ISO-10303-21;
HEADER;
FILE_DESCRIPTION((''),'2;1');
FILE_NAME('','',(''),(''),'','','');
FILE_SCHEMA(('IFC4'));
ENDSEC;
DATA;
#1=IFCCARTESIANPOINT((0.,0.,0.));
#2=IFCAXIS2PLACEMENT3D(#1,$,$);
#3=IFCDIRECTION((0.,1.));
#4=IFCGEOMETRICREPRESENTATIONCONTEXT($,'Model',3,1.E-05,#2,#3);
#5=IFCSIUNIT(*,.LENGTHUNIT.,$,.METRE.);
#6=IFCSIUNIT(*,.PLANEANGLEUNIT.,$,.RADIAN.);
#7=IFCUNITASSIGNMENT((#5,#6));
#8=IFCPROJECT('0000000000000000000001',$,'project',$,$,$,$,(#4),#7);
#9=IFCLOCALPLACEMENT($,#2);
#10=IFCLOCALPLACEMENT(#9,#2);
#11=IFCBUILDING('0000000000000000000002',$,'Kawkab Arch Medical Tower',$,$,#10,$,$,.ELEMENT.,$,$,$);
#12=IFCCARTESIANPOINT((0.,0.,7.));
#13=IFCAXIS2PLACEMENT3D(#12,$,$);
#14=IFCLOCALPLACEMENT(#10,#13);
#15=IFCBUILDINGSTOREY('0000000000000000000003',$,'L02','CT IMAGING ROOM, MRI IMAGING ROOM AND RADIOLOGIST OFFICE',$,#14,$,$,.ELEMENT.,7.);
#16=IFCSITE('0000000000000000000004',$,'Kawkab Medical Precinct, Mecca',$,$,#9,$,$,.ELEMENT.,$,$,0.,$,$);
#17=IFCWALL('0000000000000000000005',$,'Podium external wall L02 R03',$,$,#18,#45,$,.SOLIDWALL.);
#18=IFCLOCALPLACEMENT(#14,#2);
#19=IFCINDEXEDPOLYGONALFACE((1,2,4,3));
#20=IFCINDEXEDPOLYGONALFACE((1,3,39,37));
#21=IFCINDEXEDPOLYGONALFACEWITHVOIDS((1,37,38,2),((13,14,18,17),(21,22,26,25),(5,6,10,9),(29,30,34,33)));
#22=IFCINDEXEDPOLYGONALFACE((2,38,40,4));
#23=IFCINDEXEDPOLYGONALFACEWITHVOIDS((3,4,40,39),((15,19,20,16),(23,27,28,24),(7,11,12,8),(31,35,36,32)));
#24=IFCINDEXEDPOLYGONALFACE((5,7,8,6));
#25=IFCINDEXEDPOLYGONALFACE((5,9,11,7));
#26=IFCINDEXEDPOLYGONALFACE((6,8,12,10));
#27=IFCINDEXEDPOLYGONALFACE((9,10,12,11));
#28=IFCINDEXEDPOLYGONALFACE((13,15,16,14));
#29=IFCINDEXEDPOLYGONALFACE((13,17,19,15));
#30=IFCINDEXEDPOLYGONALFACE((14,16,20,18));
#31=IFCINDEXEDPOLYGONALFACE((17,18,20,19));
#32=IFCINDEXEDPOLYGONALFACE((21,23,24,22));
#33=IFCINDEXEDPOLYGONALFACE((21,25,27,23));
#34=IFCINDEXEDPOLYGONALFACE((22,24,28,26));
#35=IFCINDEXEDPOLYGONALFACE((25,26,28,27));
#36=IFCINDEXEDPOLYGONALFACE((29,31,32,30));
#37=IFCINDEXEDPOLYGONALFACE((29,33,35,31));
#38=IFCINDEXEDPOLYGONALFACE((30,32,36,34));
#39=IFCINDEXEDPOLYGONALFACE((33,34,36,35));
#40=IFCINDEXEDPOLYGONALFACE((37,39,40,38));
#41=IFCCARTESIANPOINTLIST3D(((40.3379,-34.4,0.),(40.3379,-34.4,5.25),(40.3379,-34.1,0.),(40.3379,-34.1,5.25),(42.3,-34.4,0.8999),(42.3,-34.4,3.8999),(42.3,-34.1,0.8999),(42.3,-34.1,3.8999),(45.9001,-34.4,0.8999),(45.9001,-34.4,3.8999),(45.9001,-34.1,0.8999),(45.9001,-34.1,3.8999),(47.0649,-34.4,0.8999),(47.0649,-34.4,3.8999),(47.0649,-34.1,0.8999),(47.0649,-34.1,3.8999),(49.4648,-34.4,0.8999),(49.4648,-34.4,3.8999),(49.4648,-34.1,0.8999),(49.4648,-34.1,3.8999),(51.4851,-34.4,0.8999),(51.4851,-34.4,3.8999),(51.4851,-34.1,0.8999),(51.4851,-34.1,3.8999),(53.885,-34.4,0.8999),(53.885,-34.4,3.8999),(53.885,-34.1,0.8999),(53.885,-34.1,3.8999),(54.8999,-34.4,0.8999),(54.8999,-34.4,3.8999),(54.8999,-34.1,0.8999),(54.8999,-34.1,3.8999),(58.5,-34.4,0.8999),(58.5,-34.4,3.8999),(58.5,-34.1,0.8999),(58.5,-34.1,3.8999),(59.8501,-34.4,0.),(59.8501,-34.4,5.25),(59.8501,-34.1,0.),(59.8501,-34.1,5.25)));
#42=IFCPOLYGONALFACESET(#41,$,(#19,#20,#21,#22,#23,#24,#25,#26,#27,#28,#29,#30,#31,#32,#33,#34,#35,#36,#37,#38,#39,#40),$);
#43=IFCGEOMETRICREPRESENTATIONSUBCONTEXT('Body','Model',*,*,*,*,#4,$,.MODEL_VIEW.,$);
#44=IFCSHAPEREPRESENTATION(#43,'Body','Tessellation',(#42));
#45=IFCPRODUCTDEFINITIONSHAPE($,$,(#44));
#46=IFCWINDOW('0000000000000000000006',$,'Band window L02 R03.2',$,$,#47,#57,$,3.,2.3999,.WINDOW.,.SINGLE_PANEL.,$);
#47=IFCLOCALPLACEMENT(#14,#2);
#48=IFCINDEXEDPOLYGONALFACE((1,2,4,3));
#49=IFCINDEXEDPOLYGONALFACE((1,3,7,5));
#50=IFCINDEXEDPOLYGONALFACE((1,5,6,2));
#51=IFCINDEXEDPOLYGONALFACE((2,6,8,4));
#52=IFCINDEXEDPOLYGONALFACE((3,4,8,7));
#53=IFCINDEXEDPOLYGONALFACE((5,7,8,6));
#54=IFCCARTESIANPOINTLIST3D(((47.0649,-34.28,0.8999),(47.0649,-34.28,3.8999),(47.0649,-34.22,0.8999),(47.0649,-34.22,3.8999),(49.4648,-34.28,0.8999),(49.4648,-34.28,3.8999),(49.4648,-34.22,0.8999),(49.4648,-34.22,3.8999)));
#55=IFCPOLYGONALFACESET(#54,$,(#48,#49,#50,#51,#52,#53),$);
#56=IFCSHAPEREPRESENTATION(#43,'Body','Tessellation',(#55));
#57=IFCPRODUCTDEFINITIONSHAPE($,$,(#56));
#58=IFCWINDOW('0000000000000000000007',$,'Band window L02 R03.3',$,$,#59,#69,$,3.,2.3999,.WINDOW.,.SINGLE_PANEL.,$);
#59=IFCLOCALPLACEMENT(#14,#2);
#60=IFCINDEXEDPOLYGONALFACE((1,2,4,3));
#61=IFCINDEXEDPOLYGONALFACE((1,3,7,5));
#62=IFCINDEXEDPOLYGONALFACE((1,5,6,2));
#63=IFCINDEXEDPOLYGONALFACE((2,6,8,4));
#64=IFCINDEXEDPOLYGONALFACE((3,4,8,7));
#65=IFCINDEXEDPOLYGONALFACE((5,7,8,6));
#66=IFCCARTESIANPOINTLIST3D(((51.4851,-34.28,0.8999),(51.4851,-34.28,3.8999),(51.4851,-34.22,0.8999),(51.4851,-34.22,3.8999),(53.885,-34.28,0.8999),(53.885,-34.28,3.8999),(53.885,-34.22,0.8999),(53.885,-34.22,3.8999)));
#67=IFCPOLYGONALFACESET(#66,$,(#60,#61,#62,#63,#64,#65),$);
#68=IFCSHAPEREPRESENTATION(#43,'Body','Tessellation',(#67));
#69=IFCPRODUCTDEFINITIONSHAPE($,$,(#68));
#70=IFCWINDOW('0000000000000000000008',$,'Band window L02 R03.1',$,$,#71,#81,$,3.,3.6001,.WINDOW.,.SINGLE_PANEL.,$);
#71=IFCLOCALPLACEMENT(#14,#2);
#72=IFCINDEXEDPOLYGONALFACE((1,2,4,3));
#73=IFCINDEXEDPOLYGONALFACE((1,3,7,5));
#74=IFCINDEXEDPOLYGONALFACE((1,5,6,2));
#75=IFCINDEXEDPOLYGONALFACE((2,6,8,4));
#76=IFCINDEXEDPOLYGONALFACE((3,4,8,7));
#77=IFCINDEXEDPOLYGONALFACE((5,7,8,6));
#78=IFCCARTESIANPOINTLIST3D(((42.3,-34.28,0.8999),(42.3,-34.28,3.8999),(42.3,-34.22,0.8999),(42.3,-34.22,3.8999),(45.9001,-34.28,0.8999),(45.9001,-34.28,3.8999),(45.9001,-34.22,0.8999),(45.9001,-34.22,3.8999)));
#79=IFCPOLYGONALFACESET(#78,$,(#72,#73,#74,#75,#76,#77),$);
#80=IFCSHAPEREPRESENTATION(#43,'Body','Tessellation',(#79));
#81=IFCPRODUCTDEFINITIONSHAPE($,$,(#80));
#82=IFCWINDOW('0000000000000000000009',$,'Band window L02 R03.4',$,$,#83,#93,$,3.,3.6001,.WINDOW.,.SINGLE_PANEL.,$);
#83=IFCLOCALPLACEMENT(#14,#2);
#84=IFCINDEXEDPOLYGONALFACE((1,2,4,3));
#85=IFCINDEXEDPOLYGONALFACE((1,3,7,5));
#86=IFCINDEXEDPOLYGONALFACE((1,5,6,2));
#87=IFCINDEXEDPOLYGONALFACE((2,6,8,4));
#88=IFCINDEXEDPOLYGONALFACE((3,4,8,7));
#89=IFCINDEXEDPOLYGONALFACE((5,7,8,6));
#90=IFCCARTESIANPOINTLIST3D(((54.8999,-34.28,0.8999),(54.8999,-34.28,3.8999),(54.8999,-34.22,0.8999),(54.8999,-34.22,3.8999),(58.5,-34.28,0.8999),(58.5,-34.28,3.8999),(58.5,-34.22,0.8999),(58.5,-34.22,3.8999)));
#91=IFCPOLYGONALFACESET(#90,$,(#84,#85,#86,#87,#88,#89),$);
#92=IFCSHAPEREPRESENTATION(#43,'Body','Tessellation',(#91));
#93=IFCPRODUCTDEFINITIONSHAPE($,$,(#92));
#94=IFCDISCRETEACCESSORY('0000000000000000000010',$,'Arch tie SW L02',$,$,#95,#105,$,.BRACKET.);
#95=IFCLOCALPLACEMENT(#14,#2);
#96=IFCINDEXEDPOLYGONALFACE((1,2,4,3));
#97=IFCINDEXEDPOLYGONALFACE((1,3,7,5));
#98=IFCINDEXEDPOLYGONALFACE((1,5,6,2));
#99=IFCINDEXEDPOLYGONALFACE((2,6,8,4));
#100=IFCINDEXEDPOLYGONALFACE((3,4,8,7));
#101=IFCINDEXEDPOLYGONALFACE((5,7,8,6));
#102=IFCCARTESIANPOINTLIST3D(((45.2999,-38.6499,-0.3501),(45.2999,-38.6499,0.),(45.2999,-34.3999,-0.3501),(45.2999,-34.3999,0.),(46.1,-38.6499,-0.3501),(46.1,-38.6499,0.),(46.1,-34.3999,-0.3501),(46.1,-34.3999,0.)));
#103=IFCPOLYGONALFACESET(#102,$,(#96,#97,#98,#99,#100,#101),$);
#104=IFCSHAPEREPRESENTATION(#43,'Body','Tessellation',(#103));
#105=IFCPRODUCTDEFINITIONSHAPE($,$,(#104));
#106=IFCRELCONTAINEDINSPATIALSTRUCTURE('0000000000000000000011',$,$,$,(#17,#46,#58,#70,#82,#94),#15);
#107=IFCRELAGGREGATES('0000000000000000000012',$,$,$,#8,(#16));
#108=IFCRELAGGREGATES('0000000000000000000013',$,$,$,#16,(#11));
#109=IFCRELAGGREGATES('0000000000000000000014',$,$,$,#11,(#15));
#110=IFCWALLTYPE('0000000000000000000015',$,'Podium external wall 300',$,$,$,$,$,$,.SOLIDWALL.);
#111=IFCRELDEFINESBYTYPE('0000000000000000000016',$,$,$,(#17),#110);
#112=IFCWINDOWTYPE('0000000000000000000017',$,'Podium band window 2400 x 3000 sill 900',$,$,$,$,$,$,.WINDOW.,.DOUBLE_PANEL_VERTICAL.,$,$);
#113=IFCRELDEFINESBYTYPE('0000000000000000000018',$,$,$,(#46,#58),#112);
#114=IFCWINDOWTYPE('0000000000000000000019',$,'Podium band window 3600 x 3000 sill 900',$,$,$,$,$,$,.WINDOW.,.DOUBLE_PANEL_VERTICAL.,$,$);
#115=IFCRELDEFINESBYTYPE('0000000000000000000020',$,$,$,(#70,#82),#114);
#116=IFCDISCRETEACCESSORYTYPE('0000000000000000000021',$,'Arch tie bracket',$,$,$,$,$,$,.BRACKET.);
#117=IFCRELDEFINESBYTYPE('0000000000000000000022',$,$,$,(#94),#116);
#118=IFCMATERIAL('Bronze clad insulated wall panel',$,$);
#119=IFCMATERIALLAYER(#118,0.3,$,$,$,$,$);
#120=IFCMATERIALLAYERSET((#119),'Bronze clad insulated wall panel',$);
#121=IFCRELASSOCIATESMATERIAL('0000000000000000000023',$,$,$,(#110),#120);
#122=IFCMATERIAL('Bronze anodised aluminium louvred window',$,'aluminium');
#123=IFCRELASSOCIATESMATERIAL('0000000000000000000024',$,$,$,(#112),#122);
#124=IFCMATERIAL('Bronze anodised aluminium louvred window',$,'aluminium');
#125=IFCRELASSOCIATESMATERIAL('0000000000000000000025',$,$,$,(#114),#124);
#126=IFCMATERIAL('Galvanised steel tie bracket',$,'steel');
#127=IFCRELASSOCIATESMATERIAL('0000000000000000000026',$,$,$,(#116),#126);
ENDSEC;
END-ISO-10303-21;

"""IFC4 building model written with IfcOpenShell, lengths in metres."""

from ifc_helpers import new_model, si_unit, direction, frame, frame_2d, origin, origin_2d, place, context, subcontext, project, spatial, rectangle, extrude, material, layer, layer_set, type_object, element, fill, save


model = new_model("IFC4")

# Units and contexts
model_context = context("Model", 3, precision=1e-05, world=origin(), true_north=direction((0.0, 1.0)))
body_context = subcontext(model_context, "Body", "Model", "MODEL_VIEW")
ifc_project = project(units=[si_unit("LENGTHUNIT", "METRE"), si_unit("PLANEANGLEUNIT", "RADIAN")], contexts=[model_context])

# Site, building, storey
site_placement = place(None, origin())
site = spatial("IfcSite", under=ifc_project, at=site_placement, Name="Kawkab Medical Precinct, Mecca", CompositionType="ELEMENT", RefElevation=0.0)
building_placement = place(site_placement, origin())
building = spatial("IfcBuilding", under=site, at=building_placement, Name="Kawkab Arch Medical Tower", CompositionType="ELEMENT")
storey_placement = place(building_placement, frame((0.0, 0.0, 7.0)))
storey = spatial("IfcBuildingStorey", under=building, at=storey_placement, Name="L02", Description="CT IMAGING ROOM, MRI IMAGING ROOM AND RADIOLOGIST OFFICE", CompositionType="ELEMENT", Elevation=7.0)

# Wall, openings, windows
ifc_material_1 = material(Name="Bronze clad insulated wall panel")
ifc_layer_1 = layer(ifc_material_1, 0.3)
ifc_layer_set_1 = layer_set([ifc_layer_1], Name="Bronze clad insulated wall panel")
wall_type_1 = type_object("IfcWallType", Name="Podium external wall 300", PredefinedType="SOLIDWALL", material=ifc_layer_set_1)
ifc_material_2 = material(Name="Bronze anodised aluminium louvred window", Category="aluminium")
window_type_1 = type_object("IfcWindowType", Name="Podium band window 2400 x 3000 sill 900", PartitioningType="DOUBLE_PANEL_VERTICAL", PredefinedType="WINDOW", material=ifc_material_2)
ifc_material_3 = material(Name="Bronze anodised aluminium louvred window", Category="aluminium")
window_type_2 = type_object("IfcWindowType", Name="Podium band window 3600 x 3000 sill 900", PartitioningType="DOUBLE_PANEL_VERTICAL", PredefinedType="WINDOW", material=ifc_material_3)
wall_1_placement = place(storey_placement, frame((40.3379, -34.25, 0.0), z_axis=(0.0, 0.0, 1.0), x_axis=(1.0, 0.0, 0.0)))
wall_1 = element("IfcWall", 1, at=wall_1_placement, inside=storey, type_object=wall_type_1, Name="Podium external wall L02 R03", PredefinedType="SOLIDWALL", context=body_context, shape_type="SweptSolid", body=[
    extrude(rectangle(XDim=19.5122, YDim=0.3, at=frame_2d((9.7561, 0.0))), origin(), (0.0, 0.0, 1.0), 5.25),
])
opening_1_placement = place(wall_1_placement, frame((1.9622, 0.0, 0.8999)))
opening_1 = element("IfcOpeningElement", 2, at=opening_1_placement, cuts=wall_1, PredefinedType="OPENING", context=body_context, shape_type="SweptSolid", body=[
    extrude(rectangle(XDim=3.6001, YDim=3.0, at=frame_2d((1.8, 1.5))), frame((0.0, 0.1599, 0.0), z_axis=(0.0, -1.0, 0.0), x_axis=(1.0, 0.0, 0.0)), (0.0, 0.0, 1.0), 0.3201),
])
opening_2_placement = place(wall_1_placement, frame((6.7271, 0.0, 0.8999)))
opening_2 = element("IfcOpeningElement", 3, at=opening_2_placement, cuts=wall_1, PredefinedType="OPENING", context=body_context, shape_type="SweptSolid", body=[
    extrude(rectangle(XDim=2.3999, YDim=3.0, at=frame_2d((1.2, 1.5))), frame((0.0, 0.1599, 0.0), z_axis=(0.0, -1.0, 0.0), x_axis=(1.0, 0.0, 0.0)), (0.0, 0.0, 1.0), 0.3201),
])
opening_3_placement = place(wall_1_placement, frame((11.1472, 0.0, 0.8999)))
opening_3 = element("IfcOpeningElement", 4, at=opening_3_placement, cuts=wall_1, PredefinedType="OPENING", context=body_context, shape_type="SweptSolid", body=[
    extrude(rectangle(XDim=2.3999, YDim=3.0, at=frame_2d((1.2, 1.5))), frame((0.0, 0.1599, 0.0), z_axis=(0.0, -1.0, 0.0), x_axis=(1.0, 0.0, 0.0)), (0.0, 0.0, 1.0), 0.3201),
])
opening_4_placement = place(wall_1_placement, frame((14.562, 0.0, 0.8999)))
opening_4 = element("IfcOpeningElement", 5, at=opening_4_placement, cuts=wall_1, PredefinedType="OPENING", context=body_context, shape_type="SweptSolid", body=[
    extrude(rectangle(XDim=3.6001, YDim=3.0, at=frame_2d((1.8, 1.5))), frame((0.0, 0.1599, 0.0), z_axis=(0.0, -1.0, 0.0), x_axis=(1.0, 0.0, 0.0)), (0.0, 0.0, 1.0), 0.3201),
])
window_1_placement = place(opening_2_placement, origin())
window_1 = element("IfcWindow", 6, at=window_1_placement, inside=storey, type_object=window_type_1, Name="Band window L02 R03.2", OverallHeight=3.0, OverallWidth=2.3999, PartitioningType="SINGLE_PANEL", PredefinedType="WINDOW", context=body_context, shape_type="SweptSolid", body=[
    extrude(rectangle(XDim=2.3999, YDim=3.0, at=frame_2d((1.2, 1.5))), frame((0.0, 0.03, 0.0), z_axis=(0.0, -1.0, 0.0), x_axis=(1.0, 0.0, 0.0)), (0.0, 0.0, 1.0), 0.0601),
])
fill(opening_2, window_1)
window_2_placement = place(opening_3_placement, origin())
window_2 = element("IfcWindow", 7, at=window_2_placement, inside=storey, type_object=window_type_1, Name="Band window L02 R03.3", OverallHeight=3.0, OverallWidth=2.3999, PartitioningType="SINGLE_PANEL", PredefinedType="WINDOW", context=body_context, shape_type="SweptSolid", body=[
    extrude(rectangle(XDim=2.3999, YDim=3.0, at=frame_2d((1.2, 1.5))), frame((0.0, 0.03, 0.0), z_axis=(0.0, -1.0, 0.0), x_axis=(1.0, 0.0, 0.0)), (0.0, 0.0, 1.0), 0.0601),
])
fill(opening_3, window_2)
window_3_placement = place(opening_1_placement, origin())
window_3 = element("IfcWindow", 8, at=window_3_placement, inside=storey, type_object=window_type_2, Name="Band window L02 R03.1", OverallHeight=3.0, OverallWidth=3.6001, PartitioningType="SINGLE_PANEL", PredefinedType="WINDOW", context=body_context, shape_type="SweptSolid", body=[
    extrude(rectangle(XDim=3.6001, YDim=3.0, at=frame_2d((1.8, 1.5))), frame((0.0, 0.03, 0.0), z_axis=(0.0, -1.0, 0.0), x_axis=(1.0, 0.0, 0.0)), (0.0, 0.0, 1.0), 0.0601),
])
fill(opening_1, window_3)
window_4_placement = place(opening_4_placement, origin())
window_4 = element("IfcWindow", 9, at=window_4_placement, inside=storey, type_object=window_type_2, Name="Band window L02 R03.4", OverallHeight=3.0, OverallWidth=3.6001, PartitioningType="SINGLE_PANEL", PredefinedType="WINDOW", context=body_context, shape_type="SweptSolid", body=[
    extrude(rectangle(XDim=3.6001, YDim=3.0, at=frame_2d((1.8, 1.5))), frame((0.0, 0.03, 0.0), z_axis=(0.0, -1.0, 0.0), x_axis=(1.0, 0.0, 0.0)), (0.0, 0.0, 1.0), 0.0601),
])
fill(opening_4, window_4)

# Discrete accessory
ifc_material_4 = material(Name="Galvanised steel tie bracket", Category="steel")
discrete_accessory_type = type_object("IfcDiscreteAccessoryType", Name="Arch tie bracket", PredefinedType="BRACKET", material=ifc_material_4)
discrete_accessory_placement = place(storey_placement, frame((45.7, -36.5249, -0.3501), z_axis=(0.0, 0.0, 1.0), x_axis=(1.0, 0.0, 0.0)))
element("IfcDiscreteAccessory", 10, at=discrete_accessory_placement, inside=storey, type_object=discrete_accessory_type, Name="Arch tie SW L02", PredefinedType="BRACKET", context=body_context, shape_type="SweptSolid", body=[
    extrude(rectangle(XDim=0.8, YDim=4.25, at=origin_2d()), origin(), (0.0, 0.0, 1.0), 0.3501),
])

save(model, "model.ifc")
